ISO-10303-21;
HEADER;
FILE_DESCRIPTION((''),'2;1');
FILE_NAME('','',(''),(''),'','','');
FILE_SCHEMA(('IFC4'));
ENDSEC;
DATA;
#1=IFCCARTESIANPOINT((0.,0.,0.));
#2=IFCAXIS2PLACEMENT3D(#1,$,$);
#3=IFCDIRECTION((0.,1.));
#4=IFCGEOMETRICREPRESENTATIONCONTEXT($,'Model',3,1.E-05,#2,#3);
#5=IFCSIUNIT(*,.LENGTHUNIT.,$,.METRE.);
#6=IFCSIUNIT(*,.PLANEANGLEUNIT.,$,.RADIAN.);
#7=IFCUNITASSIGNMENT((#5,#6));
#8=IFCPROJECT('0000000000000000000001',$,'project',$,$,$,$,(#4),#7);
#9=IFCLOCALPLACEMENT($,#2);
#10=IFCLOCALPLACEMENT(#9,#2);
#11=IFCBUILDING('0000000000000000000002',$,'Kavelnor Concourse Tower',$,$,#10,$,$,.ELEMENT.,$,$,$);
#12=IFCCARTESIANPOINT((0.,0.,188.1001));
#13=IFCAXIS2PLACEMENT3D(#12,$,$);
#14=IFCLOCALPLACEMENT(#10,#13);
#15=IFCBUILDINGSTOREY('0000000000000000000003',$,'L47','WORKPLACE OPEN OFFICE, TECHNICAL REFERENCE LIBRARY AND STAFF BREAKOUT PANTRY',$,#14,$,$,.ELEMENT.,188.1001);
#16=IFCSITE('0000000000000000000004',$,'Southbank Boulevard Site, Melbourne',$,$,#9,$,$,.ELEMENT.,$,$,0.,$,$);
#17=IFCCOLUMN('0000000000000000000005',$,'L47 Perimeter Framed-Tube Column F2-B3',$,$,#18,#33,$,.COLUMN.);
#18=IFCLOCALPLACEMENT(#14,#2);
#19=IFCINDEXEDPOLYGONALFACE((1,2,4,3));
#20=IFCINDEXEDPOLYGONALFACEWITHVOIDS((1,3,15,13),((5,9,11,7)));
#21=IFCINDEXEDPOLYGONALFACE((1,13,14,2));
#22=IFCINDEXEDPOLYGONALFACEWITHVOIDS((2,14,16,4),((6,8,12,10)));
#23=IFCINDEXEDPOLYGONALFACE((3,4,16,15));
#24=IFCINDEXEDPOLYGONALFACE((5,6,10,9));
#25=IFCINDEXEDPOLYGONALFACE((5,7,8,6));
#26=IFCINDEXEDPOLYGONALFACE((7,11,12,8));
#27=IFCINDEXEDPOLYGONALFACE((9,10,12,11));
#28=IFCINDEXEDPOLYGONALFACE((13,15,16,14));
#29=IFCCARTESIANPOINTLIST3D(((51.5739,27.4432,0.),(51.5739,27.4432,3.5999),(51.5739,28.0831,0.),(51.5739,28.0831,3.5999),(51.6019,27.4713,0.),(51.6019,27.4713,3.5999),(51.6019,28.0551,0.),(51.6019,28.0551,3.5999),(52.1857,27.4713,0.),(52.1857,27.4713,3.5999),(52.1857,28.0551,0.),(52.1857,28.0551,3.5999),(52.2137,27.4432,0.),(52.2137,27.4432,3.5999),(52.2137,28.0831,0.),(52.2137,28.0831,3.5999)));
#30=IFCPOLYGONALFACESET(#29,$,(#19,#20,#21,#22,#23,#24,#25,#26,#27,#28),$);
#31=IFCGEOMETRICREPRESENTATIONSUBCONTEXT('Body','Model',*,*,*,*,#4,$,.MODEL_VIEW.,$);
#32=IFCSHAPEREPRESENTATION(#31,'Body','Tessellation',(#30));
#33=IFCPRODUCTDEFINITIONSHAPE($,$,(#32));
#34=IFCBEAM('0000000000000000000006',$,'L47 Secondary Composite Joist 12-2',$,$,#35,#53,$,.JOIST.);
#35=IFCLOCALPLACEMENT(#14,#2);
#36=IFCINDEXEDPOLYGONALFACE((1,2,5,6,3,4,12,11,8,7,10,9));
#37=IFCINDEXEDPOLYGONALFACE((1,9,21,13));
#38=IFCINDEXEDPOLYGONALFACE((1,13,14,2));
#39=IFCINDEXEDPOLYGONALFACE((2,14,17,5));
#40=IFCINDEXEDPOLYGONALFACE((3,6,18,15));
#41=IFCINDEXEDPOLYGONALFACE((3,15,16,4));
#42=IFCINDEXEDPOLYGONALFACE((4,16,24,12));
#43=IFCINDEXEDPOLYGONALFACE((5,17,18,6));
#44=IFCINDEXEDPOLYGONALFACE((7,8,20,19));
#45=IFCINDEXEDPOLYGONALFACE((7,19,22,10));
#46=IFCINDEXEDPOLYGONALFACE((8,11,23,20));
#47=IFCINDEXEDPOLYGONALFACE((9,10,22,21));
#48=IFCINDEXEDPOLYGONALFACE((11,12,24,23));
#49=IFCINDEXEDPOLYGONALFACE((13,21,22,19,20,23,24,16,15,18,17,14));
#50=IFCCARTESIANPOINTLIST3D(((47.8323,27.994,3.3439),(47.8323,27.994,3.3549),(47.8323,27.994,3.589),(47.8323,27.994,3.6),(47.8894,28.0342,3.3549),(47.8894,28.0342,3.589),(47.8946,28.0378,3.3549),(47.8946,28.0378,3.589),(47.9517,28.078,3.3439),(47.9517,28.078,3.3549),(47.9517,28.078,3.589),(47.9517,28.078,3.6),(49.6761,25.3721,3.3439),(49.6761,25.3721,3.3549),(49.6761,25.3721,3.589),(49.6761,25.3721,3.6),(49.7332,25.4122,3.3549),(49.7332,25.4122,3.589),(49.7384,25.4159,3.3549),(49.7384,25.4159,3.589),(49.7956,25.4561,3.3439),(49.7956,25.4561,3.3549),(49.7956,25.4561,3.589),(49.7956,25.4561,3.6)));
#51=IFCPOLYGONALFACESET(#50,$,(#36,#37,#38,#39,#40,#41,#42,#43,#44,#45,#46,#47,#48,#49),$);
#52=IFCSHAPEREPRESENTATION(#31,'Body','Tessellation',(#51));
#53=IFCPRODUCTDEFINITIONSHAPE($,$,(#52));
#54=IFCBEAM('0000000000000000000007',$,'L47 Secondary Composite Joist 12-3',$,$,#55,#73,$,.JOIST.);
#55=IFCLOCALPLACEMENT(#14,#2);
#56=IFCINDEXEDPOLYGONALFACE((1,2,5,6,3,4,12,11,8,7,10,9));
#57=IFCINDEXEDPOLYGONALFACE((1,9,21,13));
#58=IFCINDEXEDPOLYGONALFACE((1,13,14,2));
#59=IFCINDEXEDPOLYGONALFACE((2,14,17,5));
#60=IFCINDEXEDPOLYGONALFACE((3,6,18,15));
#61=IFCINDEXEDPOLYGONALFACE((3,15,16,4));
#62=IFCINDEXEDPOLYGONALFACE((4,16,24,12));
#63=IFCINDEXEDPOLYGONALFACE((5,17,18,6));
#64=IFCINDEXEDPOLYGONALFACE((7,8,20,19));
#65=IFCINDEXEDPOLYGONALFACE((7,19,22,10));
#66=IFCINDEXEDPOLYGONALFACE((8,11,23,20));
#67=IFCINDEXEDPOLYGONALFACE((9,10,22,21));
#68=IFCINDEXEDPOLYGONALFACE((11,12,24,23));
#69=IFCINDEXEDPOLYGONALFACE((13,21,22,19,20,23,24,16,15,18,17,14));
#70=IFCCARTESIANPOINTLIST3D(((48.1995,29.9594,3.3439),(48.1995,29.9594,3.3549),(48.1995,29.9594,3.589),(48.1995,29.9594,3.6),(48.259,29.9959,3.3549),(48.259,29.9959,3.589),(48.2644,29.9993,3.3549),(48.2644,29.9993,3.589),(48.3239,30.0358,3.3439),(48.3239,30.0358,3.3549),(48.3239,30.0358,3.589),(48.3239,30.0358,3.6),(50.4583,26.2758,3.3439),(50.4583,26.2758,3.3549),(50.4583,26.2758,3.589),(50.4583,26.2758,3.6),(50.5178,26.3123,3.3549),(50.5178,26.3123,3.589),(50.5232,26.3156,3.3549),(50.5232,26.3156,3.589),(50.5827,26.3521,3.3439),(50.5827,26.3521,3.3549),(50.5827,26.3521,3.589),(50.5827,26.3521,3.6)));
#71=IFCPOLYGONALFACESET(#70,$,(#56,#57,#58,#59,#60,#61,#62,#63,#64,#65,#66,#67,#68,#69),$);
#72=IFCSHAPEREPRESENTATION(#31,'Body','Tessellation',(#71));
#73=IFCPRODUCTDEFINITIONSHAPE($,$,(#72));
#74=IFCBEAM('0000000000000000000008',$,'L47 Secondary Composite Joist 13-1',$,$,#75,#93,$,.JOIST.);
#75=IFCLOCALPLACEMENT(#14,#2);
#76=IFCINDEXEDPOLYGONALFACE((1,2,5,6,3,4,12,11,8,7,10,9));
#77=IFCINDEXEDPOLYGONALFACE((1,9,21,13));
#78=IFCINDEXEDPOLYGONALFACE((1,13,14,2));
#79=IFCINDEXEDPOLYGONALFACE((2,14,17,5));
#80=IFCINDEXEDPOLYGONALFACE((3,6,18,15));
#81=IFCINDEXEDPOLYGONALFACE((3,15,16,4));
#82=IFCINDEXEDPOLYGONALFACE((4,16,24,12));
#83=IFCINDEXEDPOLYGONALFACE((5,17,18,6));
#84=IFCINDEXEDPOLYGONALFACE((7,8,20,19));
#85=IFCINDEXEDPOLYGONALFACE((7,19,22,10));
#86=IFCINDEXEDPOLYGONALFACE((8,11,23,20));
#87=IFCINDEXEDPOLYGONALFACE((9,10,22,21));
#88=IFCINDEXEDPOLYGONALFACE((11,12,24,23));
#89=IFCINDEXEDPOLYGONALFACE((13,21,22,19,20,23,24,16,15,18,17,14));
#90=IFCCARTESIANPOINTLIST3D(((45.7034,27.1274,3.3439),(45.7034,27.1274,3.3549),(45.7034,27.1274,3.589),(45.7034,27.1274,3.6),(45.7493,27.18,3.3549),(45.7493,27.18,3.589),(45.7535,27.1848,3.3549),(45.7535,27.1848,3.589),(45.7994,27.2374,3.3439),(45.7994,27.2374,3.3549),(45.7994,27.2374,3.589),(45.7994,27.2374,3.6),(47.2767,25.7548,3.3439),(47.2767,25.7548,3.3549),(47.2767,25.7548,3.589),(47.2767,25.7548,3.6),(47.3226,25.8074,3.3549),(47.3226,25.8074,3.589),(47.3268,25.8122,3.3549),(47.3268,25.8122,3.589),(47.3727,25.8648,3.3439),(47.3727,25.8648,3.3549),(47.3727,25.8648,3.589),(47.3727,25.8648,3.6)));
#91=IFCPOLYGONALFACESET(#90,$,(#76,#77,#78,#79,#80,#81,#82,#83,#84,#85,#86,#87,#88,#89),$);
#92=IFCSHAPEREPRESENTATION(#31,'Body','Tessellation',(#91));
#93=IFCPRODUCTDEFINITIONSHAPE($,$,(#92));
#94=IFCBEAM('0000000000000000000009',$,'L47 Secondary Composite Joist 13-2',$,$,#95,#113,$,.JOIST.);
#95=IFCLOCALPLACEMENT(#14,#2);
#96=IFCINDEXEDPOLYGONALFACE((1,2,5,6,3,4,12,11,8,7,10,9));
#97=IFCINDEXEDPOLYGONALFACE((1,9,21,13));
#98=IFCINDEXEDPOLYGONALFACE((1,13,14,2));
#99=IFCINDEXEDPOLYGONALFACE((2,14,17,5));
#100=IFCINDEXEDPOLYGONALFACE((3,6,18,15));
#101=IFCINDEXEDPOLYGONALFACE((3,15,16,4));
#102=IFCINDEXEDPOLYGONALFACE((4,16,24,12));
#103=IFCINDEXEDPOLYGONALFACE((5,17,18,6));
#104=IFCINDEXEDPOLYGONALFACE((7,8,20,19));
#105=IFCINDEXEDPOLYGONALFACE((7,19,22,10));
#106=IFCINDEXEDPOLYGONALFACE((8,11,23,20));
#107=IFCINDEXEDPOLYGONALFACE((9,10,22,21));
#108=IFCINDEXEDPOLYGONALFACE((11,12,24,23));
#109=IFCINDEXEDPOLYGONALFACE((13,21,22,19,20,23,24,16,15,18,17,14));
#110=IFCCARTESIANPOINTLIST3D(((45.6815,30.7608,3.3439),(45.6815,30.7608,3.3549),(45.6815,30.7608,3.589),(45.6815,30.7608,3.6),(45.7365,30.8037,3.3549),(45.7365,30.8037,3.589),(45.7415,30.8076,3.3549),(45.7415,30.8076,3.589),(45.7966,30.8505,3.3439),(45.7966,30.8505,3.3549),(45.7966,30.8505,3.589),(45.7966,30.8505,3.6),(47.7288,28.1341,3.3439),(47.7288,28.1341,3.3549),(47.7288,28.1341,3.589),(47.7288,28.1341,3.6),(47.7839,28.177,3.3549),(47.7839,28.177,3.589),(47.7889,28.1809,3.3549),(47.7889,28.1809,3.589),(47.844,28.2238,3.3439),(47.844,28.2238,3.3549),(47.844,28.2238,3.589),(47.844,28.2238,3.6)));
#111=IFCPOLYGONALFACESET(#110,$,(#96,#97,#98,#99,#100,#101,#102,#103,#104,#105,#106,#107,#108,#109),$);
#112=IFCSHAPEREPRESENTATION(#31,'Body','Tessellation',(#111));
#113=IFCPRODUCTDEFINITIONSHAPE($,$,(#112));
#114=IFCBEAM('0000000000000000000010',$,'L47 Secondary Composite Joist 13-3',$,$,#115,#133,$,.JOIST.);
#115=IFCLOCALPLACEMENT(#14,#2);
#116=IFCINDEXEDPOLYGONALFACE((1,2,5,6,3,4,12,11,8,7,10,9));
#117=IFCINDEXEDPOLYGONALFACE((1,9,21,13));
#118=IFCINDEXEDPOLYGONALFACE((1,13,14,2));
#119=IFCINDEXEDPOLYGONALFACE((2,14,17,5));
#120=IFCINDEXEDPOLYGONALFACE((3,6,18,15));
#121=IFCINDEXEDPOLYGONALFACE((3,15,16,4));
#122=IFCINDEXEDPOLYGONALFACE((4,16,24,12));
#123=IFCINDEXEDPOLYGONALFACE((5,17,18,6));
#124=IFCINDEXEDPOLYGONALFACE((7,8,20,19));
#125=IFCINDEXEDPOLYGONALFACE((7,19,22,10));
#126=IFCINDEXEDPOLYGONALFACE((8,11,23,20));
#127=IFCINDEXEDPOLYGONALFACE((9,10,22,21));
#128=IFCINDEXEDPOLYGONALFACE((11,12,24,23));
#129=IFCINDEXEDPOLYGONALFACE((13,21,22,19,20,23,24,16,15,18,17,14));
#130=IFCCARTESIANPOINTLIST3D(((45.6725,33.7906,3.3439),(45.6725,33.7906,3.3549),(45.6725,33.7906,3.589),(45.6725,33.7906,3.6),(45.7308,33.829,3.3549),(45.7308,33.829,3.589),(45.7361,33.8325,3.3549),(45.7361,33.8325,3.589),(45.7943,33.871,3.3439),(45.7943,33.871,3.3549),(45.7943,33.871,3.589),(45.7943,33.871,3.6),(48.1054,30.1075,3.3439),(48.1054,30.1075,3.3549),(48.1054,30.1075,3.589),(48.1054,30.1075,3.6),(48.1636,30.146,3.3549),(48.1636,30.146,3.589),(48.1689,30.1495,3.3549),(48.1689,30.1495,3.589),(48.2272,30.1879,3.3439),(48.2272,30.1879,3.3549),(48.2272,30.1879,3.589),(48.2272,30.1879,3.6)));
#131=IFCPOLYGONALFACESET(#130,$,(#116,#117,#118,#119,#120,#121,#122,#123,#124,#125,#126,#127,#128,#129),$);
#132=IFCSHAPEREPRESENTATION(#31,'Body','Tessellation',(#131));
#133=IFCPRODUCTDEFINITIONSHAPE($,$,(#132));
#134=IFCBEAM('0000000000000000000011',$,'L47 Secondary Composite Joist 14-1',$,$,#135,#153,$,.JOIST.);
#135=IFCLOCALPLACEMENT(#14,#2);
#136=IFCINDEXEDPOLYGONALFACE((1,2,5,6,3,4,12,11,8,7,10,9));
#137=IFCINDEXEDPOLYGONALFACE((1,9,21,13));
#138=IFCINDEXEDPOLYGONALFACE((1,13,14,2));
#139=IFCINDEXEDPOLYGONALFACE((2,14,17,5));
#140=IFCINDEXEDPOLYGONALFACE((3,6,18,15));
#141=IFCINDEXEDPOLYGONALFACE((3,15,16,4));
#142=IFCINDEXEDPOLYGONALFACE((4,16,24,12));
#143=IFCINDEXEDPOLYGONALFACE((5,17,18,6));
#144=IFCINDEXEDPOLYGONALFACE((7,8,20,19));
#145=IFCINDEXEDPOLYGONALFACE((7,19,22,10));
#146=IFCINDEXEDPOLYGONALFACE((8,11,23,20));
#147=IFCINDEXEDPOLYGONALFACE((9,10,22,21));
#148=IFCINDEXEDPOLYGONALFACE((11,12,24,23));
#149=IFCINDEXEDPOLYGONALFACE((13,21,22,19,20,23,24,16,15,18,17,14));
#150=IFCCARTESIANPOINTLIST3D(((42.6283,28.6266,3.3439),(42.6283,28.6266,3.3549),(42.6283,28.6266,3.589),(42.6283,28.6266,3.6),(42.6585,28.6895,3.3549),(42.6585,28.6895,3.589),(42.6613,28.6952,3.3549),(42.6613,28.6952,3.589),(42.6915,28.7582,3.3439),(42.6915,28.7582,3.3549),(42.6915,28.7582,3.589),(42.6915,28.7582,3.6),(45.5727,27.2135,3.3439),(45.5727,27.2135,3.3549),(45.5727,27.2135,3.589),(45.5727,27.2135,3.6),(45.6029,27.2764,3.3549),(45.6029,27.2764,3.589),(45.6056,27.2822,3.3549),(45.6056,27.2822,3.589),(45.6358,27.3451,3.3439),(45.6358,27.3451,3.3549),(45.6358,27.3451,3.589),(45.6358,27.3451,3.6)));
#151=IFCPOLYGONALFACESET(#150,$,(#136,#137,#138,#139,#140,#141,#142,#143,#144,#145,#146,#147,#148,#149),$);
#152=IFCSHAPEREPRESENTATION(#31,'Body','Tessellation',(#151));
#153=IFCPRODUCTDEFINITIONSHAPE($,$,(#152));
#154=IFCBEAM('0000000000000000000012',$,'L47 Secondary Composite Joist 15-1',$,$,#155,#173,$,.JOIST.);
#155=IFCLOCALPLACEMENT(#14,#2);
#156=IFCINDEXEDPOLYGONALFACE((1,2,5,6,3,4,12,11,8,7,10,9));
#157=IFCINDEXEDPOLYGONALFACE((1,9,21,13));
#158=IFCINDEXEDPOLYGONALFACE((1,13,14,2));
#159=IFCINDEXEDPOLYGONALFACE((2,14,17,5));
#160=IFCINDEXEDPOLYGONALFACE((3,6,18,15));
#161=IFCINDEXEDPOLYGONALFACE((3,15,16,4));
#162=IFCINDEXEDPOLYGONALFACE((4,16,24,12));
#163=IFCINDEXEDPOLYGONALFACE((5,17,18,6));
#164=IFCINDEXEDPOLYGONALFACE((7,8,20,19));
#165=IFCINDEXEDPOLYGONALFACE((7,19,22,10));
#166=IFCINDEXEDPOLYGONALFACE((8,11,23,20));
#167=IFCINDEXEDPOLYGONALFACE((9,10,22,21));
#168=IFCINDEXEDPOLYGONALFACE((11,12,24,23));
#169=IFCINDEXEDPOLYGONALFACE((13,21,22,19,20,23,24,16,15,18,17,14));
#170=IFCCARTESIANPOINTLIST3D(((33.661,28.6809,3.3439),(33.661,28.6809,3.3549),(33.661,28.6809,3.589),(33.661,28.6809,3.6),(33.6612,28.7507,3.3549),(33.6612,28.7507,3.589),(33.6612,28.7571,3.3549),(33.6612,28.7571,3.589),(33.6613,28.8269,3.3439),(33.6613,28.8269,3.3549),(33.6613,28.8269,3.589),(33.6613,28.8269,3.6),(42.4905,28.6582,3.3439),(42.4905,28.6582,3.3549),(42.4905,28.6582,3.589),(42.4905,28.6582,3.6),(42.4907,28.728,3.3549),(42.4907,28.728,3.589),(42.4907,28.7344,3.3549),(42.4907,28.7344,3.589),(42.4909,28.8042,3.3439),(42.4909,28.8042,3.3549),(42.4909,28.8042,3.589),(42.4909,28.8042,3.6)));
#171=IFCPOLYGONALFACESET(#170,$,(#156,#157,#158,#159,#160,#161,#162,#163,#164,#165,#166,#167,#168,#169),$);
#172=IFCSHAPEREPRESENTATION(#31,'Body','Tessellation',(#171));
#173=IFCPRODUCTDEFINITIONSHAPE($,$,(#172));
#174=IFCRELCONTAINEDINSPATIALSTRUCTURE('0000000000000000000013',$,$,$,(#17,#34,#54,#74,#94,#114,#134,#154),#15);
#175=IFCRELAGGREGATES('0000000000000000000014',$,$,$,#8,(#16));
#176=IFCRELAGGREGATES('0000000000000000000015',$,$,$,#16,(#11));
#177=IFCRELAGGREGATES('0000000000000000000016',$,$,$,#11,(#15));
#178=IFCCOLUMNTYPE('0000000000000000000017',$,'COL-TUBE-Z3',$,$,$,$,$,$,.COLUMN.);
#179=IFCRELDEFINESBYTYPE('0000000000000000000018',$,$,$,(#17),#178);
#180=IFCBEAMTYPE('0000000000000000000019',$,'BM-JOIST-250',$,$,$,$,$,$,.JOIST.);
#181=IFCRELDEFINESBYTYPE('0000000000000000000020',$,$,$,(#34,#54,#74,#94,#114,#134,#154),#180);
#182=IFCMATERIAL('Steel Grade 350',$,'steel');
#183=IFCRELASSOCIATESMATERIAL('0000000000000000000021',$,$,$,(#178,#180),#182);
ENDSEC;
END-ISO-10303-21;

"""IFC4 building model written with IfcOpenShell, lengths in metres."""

from ifc_helpers import new_model, si_unit, direction, frame, origin, origin_2d, place, context, subcontext, project, spatial, hollow_rectangle, i_section, extrude, material, material_profile, profile_set, type_object, element, save


model = new_model("IFC4")

# Units and contexts
model_context = context("Model", 3, precision=1e-05, world=origin(), true_north=direction((0.0, 1.0)))
body_context = subcontext(model_context, "Body", "Model", "MODEL_VIEW")
ifc_project = project(units=[si_unit("LENGTHUNIT", "METRE"), si_unit("PLANEANGLEUNIT", "RADIAN")], contexts=[model_context])

# Site, building, storey
site_placement = place(None, origin())
site = spatial("IfcSite", under=ifc_project, at=site_placement, Name="Southbank Boulevard Site, Melbourne", CompositionType="ELEMENT", RefElevation=0.0)
building_placement = place(site_placement, origin())
building = spatial("IfcBuilding", under=site, at=building_placement, Name="Kavelnor Concourse Tower", CompositionType="ELEMENT")
storey_placement = place(building_placement, frame((0.0, 0.0, 188.1001)))
storey = spatial("IfcBuildingStorey", under=building, at=storey_placement, Name="L47", Description="WORKPLACE OPEN OFFICE, TECHNICAL REFERENCE LIBRARY AND STAFF BREAKOUT PANTRY", CompositionType="ELEMENT", Elevation=188.1001)

# Column
ifc_material_1 = material(Name="Steel Grade 350", Category="steel")
ifc_material_profile_1 = material_profile(ifc_material_1, hollow_rectangle(XDim=0.6399, YDim=0.6399, WallThickness=0.0281, at=origin_2d()), Name="SHS 640x640x28")
ifc_profile_set_1 = profile_set([ifc_material_profile_1], Name="Steel Grade 350")
column_type = type_object("IfcColumnType", Name="COL-TUBE-Z3", PredefinedType="COLUMN", material=ifc_profile_set_1)
column_placement = place(storey_placement, frame((51.8938, 27.7632, 0.0), z_axis=(0.0, 0.0, 1.0), x_axis=(1.0, 0.0, 0.0)))
element("IfcColumn", 1, at=column_placement, inside=storey, type_object=column_type, Name="L47 Perimeter Framed-Tube Column F2-B3", PredefinedType="COLUMN", context=body_context, shape_type="SweptSolid", body=[
    extrude(hollow_rectangle(XDim=0.6399, YDim=0.6399, WallThickness=0.0281, at=origin_2d()), origin(), (0.0, 0.0, 1.0), 3.5999),
])

# Beams
ifc_material_profile_2 = material_profile(ifc_material_1, i_section(OverallWidth=0.146, OverallDepth=0.2561, WebThickness=0.0063, FlangeThickness=0.011, at=origin_2d()), Name="250UB37")
ifc_profile_set_2 = profile_set([ifc_material_profile_2], Name="Steel Grade 350")
beam_type_1 = type_object("IfcBeamType", Name="BM-JOIST-250", PredefinedType="JOIST", material=ifc_profile_set_2)
beam_1_placement = place(storey_placement, frame((49.7358, 25.4141, 3.4719), z_axis=(-0.575235, 0.817988, 0.0), x_axis=(-0.817988, -0.575235, 0.0)))
element("IfcBeam", 2, at=beam_1_placement, inside=storey, type_object=beam_type_1, Name="L47 Secondary Composite Joist 12-2", PredefinedType="JOIST", context=body_context, shape_type="SweptSolid", body=[
    extrude(i_section(OverallWidth=0.146, OverallDepth=0.2561, WebThickness=0.0063, FlangeThickness=0.011, at=origin_2d()), origin(), (0.0, 0.0, 1.0), 3.2053),
])
beam_2_placement = place(storey_placement, frame((50.5205, 26.314, 3.4719), z_axis=(-0.522748, 0.852488, 0.0), x_axis=(-0.852488, -0.522748, 0.0)))
element("IfcBeam", 3, at=beam_2_placement, inside=storey, type_object=beam_type_1, Name="L47 Secondary Composite Joist 12-3", PredefinedType="JOIST", context=body_context, shape_type="SweptSolid", body=[
    extrude(i_section(OverallWidth=0.146, OverallDepth=0.2561, WebThickness=0.0063, FlangeThickness=0.011, at=origin_2d()), origin(), (0.0, 0.0, 1.0), 4.321),
])
beam_3_placement = place(storey_placement, frame((47.3247, 25.8098, 3.4719), z_axis=(-0.753532, 0.657411, 0.0), x_axis=(-0.657411, -0.753532, 0.0)))
element("IfcBeam", 4, at=beam_3_placement, inside=storey, type_object=beam_type_1, Name="L47 Secondary Composite Joist 13-1", PredefinedType="JOIST", context=body_context, shape_type="SweptSolid", body=[
    extrude(i_section(OverallWidth=0.146, OverallDepth=0.2561, WebThickness=0.0063, FlangeThickness=0.011, at=origin_2d()), origin(), (0.0, 0.0, 1.0), 2.0879),
])
beam_4_placement = place(storey_placement, frame((47.7864, 28.179, 3.4719), z_axis=(-0.614757, 0.788716, 0.0), x_axis=(-0.788716, -0.614757, 0.0)))
element("IfcBeam", 5, at=beam_4_placement, inside=storey, type_object=beam_type_1, Name="L47 Secondary Composite Joist 13-2", PredefinedType="JOIST", context=body_context, shape_type="SweptSolid", body=[
    extrude(i_section(OverallWidth=0.146, OverallDepth=0.2561, WebThickness=0.0063, FlangeThickness=0.011, at=origin_2d()), origin(), (0.0, 0.0, 1.0), 3.3303),
])
beam_5_placement = place(storey_placement, frame((48.1663, 30.1477, 3.4719), z_axis=(-0.55116, 0.8344, 0.0), x_axis=(-0.8344, -0.55116, 0.0)))
element("IfcBeam", 6, at=beam_5_placement, inside=storey, type_object=beam_type_1, Name="L47 Secondary Composite Joist 13-3", PredefinedType="JOIST", context=body_context, shape_type="SweptSolid", body=[
    extrude(i_section(OverallWidth=0.146, OverallDepth=0.2561, WebThickness=0.0063, FlangeThickness=0.011, at=origin_2d()), origin(), (0.0, 0.0, 1.0), 4.4141),
])
beam_6_placement = place(storey_placement, frame((45.6042, 27.2793, 3.4719), z_axis=(-0.901546, 0.432682, 0.0), x_axis=(-0.432682, -0.901546, 0.0)))
element("IfcBeam", 7, at=beam_6_placement, inside=storey, type_object=beam_type_1, Name="L47 Secondary Composite Joist 14-1", PredefinedType="JOIST", context=body_context, shape_type="SweptSolid", body=[
    extrude(i_section(OverallWidth=0.146, OverallDepth=0.2561, WebThickness=0.0063, FlangeThickness=0.011, at=origin_2d()), origin(), (0.0, 0.0, 1.0), 3.2659),
])
beam_7_placement = place(storey_placement, frame((42.4907, 28.7312, 3.4719), z_axis=(-0.999997, 0.002571, 0.0), x_axis=(-0.002571, -0.999997, 0.0)))
element("IfcBeam", 8, at=beam_7_placement, inside=storey, type_object=beam_type_1, Name="L47 Secondary Composite Joist 15-1", PredefinedType="JOIST", context=body_context, shape_type="SweptSolid", body=[
    extrude(i_section(OverallWidth=0.146, OverallDepth=0.2561, WebThickness=0.0063, FlangeThickness=0.011, at=origin_2d()), origin(), (0.0, 0.0, 1.0), 8.8296),
])

save(model, "model.ifc")
